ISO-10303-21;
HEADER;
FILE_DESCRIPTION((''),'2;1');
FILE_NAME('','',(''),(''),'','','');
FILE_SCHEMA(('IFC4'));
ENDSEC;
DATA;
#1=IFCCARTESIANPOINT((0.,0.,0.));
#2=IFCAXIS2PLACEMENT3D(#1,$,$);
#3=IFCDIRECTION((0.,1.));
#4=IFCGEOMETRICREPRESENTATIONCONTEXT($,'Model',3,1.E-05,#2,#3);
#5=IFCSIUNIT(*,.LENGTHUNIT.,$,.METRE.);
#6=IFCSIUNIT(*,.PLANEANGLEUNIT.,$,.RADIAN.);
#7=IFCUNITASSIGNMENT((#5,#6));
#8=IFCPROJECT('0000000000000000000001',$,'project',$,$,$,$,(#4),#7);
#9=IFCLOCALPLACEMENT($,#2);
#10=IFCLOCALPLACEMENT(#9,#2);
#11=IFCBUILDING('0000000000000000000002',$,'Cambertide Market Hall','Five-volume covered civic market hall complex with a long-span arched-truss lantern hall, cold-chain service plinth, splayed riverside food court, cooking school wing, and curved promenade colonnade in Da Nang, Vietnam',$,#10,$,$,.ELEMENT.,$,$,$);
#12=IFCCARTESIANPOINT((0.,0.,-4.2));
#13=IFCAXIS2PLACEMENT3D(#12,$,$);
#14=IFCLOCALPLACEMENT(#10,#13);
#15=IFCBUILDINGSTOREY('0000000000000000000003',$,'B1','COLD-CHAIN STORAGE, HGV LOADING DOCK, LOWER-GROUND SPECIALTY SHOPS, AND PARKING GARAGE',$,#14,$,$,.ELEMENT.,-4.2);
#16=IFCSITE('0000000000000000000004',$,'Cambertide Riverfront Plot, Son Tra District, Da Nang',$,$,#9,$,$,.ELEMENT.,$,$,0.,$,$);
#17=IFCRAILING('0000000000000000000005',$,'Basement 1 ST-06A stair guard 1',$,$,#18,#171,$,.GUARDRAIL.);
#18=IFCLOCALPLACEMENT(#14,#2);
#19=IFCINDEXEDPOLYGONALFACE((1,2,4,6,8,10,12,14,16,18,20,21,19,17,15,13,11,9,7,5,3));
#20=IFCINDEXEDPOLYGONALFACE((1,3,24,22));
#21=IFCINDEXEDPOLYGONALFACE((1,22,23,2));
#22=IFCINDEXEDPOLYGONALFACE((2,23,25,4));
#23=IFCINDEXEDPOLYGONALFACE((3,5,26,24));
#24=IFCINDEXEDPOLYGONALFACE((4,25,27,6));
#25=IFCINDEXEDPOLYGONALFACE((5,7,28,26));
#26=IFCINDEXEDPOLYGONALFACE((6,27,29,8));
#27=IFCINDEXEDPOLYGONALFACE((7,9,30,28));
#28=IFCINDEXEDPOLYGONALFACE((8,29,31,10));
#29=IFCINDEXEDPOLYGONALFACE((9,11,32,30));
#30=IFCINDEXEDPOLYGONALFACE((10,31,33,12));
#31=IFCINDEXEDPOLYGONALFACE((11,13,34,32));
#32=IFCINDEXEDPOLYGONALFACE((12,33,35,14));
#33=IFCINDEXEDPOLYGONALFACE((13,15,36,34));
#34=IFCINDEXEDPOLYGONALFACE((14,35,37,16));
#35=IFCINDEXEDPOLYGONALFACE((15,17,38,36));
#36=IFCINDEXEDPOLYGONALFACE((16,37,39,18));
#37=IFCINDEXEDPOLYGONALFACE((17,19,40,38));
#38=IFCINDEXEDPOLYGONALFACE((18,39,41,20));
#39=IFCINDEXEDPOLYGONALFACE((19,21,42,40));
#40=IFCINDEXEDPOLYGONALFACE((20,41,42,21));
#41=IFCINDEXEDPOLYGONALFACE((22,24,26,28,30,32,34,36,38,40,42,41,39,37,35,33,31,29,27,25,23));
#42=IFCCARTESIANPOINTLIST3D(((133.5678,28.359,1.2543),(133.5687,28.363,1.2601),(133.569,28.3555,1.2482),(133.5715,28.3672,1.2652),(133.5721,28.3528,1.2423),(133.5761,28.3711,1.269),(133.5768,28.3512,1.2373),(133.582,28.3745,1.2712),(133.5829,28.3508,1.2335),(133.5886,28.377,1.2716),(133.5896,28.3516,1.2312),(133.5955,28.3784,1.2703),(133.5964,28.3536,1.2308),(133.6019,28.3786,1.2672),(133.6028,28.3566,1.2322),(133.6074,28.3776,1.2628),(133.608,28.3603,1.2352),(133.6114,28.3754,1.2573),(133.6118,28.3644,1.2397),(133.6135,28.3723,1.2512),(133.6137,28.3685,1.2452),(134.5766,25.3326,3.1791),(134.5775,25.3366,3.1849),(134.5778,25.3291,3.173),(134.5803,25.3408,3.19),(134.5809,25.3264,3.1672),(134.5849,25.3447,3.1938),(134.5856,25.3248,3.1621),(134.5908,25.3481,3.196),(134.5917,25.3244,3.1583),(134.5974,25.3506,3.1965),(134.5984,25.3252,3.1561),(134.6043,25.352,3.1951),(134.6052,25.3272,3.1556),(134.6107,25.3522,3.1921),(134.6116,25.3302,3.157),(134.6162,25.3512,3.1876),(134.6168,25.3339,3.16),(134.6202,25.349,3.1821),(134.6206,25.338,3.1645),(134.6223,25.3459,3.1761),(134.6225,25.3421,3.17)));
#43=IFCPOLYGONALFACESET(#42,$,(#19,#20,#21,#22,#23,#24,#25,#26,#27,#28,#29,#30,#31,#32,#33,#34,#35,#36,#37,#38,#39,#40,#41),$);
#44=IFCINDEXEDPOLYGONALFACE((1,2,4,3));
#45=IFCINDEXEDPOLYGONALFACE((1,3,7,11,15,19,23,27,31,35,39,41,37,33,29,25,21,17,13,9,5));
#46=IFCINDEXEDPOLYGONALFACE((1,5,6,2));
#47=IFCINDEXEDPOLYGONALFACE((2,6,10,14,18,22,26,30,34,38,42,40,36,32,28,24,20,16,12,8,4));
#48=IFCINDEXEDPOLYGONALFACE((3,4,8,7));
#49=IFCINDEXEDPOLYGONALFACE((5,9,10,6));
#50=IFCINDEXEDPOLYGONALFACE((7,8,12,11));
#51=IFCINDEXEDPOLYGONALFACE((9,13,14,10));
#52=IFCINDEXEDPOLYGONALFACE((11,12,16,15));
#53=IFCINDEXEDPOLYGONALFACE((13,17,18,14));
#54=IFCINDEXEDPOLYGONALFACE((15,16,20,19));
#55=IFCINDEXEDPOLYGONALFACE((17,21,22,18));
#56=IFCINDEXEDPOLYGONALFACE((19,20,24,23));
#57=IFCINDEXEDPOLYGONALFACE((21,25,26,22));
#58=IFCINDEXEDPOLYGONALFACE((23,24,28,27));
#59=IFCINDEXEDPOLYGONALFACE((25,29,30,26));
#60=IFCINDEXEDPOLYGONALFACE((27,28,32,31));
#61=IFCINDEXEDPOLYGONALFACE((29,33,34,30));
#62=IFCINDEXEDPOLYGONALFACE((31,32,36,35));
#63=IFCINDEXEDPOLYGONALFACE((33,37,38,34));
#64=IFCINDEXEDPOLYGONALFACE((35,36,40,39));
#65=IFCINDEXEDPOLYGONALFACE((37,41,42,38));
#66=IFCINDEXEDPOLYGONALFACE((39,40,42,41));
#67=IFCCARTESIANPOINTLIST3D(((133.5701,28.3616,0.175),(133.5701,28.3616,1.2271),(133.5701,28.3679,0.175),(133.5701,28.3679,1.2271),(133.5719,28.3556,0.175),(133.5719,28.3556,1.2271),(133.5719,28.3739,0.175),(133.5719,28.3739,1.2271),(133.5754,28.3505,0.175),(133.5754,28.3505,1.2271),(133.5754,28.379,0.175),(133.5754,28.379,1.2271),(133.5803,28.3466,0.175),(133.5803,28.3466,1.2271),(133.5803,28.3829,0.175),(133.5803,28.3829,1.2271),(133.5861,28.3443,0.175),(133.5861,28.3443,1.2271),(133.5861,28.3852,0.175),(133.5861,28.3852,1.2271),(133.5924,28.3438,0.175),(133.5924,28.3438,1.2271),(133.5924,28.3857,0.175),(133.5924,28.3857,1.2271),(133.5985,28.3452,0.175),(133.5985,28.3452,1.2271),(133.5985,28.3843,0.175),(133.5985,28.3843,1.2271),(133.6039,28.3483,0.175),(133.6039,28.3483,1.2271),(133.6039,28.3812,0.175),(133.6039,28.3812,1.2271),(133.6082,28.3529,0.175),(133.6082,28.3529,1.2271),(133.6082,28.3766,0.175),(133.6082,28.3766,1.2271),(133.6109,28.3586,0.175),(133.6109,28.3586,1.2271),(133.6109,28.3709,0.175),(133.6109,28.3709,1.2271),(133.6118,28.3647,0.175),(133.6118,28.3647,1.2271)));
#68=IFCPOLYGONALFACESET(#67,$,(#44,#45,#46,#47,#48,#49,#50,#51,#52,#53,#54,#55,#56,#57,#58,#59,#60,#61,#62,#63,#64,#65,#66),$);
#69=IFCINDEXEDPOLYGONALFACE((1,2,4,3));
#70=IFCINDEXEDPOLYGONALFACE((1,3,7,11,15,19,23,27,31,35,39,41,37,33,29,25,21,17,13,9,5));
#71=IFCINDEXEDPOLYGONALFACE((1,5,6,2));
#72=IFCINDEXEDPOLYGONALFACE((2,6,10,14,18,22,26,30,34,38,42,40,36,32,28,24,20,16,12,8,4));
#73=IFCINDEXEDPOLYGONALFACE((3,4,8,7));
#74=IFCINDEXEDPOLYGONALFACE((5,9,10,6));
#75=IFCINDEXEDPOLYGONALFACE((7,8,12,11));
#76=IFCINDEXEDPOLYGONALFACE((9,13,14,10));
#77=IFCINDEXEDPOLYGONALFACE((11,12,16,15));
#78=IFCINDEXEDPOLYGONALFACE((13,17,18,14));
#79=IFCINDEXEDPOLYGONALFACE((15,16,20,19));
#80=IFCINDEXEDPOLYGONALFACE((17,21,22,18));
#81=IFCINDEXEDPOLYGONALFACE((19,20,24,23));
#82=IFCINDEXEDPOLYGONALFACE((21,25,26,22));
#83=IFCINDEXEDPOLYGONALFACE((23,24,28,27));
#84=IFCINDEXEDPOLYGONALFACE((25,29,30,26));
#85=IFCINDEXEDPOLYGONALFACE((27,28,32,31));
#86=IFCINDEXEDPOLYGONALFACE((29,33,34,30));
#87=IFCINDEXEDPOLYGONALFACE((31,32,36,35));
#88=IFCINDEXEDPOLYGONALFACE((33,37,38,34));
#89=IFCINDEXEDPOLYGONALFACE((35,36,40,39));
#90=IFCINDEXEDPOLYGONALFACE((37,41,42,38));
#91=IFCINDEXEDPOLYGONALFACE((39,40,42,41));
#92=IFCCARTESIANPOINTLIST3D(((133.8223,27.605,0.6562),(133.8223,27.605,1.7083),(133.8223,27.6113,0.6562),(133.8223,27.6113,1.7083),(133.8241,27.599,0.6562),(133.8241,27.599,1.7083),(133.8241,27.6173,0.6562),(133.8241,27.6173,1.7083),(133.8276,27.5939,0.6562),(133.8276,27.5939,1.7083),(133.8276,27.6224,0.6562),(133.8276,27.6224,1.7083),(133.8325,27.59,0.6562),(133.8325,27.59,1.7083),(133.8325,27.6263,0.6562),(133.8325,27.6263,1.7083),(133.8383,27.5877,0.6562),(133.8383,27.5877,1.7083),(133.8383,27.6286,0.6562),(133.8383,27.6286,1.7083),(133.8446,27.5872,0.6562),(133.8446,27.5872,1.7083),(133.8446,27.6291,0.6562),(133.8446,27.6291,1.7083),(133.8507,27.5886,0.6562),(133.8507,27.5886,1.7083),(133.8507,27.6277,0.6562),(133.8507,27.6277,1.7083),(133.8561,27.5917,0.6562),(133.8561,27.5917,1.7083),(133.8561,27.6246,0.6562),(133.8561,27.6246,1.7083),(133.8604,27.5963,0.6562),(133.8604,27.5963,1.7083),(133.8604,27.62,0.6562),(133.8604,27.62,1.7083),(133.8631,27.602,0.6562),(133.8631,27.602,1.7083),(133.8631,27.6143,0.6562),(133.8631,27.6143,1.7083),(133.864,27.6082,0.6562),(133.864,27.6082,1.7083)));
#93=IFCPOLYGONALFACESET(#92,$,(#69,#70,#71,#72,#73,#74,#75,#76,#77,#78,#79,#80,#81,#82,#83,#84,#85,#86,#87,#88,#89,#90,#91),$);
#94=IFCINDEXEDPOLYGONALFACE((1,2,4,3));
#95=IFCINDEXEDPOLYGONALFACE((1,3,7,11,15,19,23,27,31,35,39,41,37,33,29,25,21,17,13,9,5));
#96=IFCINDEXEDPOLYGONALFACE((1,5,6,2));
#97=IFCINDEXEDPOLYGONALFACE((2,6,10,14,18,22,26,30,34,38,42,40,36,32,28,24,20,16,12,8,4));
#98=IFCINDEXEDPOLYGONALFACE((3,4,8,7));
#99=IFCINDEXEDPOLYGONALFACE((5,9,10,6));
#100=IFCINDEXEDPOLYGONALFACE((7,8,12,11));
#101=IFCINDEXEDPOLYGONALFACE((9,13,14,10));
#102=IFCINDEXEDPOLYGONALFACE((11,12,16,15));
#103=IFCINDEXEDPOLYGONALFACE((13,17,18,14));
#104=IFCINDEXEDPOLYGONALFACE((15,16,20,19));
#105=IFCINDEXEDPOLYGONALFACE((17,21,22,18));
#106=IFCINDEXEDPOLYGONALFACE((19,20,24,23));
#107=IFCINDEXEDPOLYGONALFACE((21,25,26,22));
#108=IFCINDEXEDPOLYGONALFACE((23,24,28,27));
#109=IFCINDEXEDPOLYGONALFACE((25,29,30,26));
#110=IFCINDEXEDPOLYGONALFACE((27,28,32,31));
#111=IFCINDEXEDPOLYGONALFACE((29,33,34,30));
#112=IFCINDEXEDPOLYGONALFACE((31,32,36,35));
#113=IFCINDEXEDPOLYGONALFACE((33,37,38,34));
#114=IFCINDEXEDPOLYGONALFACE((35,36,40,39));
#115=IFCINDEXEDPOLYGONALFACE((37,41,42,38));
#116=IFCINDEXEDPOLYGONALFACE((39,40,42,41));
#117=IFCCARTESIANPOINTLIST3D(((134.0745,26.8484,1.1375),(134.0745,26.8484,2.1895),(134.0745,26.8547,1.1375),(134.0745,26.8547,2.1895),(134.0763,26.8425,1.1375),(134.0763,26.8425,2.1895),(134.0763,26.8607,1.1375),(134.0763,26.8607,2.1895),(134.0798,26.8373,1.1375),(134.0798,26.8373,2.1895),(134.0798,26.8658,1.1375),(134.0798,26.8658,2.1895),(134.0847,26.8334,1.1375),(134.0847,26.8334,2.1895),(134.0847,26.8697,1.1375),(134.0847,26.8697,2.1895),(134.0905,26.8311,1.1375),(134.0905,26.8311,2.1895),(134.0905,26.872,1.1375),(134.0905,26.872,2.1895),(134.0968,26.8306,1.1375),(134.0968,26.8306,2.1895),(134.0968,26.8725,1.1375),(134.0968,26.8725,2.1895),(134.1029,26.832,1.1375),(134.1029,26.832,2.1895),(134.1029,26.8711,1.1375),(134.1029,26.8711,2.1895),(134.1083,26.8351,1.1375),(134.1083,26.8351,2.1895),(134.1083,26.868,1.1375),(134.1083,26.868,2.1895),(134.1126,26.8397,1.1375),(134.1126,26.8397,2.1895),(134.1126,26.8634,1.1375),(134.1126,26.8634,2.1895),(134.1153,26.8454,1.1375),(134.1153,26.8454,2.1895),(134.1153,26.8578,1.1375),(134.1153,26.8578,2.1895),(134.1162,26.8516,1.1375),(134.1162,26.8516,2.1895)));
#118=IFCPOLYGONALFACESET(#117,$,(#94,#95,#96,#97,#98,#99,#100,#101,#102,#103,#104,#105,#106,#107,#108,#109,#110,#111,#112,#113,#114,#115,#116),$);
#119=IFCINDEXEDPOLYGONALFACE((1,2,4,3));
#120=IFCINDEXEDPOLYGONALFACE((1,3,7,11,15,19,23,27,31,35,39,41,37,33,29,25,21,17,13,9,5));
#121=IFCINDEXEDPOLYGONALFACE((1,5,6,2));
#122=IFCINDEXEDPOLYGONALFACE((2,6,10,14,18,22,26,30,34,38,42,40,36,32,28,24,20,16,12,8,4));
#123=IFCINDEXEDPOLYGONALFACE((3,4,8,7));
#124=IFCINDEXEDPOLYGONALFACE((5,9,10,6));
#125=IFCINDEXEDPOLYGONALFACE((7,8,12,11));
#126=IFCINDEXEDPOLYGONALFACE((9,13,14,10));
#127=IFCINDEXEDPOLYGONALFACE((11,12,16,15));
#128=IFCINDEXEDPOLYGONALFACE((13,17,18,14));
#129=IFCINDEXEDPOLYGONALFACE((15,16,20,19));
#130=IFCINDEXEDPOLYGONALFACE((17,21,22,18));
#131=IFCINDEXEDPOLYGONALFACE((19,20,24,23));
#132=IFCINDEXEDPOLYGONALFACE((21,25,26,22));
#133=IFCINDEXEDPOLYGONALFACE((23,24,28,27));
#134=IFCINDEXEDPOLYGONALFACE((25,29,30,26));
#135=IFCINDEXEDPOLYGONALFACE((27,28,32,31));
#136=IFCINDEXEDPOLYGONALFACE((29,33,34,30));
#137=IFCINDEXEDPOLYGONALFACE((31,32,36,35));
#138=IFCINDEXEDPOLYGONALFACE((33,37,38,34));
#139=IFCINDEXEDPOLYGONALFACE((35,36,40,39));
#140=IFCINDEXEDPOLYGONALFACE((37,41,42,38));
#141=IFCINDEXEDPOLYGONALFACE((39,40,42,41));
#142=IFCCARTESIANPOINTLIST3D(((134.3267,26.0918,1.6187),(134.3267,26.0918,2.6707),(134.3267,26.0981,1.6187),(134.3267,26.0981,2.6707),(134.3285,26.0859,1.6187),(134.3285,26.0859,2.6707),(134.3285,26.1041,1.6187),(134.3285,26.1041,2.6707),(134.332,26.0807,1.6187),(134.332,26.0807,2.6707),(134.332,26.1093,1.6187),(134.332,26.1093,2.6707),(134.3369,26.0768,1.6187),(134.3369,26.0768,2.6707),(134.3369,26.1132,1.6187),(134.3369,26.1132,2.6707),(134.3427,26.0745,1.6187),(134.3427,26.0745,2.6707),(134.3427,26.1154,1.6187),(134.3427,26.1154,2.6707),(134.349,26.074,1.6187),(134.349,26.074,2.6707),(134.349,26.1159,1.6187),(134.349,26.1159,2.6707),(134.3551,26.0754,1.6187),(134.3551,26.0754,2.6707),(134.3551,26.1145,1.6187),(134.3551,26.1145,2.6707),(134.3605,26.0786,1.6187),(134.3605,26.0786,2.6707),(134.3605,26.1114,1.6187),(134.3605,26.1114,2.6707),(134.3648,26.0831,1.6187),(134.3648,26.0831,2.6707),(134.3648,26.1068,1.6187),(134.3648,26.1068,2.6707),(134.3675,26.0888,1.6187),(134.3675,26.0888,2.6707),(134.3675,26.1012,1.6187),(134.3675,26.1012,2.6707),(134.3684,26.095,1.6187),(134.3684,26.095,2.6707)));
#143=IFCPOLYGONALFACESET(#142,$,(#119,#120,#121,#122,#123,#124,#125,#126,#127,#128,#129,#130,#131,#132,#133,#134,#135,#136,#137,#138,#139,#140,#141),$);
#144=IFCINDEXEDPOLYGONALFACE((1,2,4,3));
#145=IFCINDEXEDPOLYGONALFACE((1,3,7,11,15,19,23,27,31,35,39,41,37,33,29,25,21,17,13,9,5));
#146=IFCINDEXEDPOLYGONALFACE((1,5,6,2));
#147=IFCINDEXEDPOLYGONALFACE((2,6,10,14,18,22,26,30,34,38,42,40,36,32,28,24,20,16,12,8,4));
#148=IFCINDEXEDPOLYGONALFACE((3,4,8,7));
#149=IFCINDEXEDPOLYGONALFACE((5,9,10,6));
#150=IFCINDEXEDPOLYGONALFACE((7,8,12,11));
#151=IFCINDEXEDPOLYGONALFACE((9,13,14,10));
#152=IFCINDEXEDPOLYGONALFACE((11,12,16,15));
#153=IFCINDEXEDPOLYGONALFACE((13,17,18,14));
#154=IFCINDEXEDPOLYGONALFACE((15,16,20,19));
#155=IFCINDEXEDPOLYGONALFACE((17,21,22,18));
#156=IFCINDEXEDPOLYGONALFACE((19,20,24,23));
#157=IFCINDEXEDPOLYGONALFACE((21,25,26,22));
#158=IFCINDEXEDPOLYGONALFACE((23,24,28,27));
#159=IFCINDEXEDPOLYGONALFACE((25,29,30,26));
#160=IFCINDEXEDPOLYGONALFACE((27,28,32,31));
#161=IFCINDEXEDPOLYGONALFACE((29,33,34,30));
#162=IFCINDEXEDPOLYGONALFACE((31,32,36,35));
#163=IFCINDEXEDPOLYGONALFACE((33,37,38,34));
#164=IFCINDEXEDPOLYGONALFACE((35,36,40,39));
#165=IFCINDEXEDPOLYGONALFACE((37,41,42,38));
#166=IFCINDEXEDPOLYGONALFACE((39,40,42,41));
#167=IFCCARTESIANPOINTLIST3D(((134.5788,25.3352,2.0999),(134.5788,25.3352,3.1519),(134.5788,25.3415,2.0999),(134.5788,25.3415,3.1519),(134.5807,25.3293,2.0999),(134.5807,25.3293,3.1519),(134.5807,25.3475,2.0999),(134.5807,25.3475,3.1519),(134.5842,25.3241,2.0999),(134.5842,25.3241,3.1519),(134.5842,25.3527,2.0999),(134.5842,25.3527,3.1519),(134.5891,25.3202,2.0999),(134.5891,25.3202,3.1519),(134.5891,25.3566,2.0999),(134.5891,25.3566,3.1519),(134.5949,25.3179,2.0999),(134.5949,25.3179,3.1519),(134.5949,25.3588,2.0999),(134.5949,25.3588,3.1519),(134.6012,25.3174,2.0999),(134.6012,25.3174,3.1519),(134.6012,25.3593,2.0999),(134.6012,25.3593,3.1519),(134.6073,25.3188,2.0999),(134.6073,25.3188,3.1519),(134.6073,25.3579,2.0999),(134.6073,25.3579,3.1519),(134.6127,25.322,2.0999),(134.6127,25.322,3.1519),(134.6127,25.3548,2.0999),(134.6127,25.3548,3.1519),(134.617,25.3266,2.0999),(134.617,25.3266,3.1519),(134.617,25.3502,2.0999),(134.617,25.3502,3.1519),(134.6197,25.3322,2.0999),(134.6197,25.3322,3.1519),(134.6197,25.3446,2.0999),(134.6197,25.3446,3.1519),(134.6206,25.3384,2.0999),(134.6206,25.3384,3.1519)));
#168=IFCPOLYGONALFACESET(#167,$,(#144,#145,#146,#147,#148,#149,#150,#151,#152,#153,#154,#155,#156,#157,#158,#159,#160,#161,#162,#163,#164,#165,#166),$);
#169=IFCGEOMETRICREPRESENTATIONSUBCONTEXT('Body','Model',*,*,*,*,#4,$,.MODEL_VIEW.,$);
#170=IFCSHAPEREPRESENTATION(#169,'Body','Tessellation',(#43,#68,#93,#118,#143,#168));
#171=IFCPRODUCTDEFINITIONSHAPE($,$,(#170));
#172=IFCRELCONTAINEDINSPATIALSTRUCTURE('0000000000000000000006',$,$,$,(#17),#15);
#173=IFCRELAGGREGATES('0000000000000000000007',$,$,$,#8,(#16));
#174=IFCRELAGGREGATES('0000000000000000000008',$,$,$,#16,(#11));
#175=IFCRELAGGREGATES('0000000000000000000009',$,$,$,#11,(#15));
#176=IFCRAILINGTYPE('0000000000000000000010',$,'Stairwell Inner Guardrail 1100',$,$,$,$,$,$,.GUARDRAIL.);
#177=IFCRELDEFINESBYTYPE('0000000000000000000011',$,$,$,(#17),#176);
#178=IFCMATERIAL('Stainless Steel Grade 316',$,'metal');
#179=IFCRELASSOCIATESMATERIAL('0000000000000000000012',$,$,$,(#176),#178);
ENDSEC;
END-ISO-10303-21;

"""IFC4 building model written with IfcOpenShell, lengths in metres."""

from ifc_helpers import new_model, si_unit, direction, frame, origin, origin_2d, place, context, subcontext, project, spatial, circle, extrude, material, type_object, element, save


model = new_model("IFC4")

# Units and contexts
model_context = context("Model", 3, precision=1e-05, world=origin(), true_north=direction((0.0, 1.0)))
body_context = subcontext(model_context, "Body", "Model", "MODEL_VIEW")
ifc_project = project(units=[si_unit("LENGTHUNIT", "METRE"), si_unit("PLANEANGLEUNIT", "RADIAN")], contexts=[model_context])

# Site, building, storey
site_placement = place(None, origin())
site = spatial("IfcSite", under=ifc_project, at=site_placement, Name="Cambertide Riverfront Plot, Son Tra District, Da Nang", CompositionType="ELEMENT", RefElevation=0.0)
building_placement = place(site_placement, origin())
building = spatial("IfcBuilding", under=site, at=building_placement, Name="Cambertide Market Hall", Description="Five-volume covered civic market hall complex with a long-span arched-truss lantern hall, cold-chain service plinth, splayed riverside food court, cooking school wing, and curved promenade colonnade in Da Nang, Vietnam", CompositionType="ELEMENT")
storey_placement = place(building_placement, frame((0.0, 0.0, -4.2)))
storey = spatial("IfcBuildingStorey", under=building, at=storey_placement, Name="B1", Description="COLD-CHAIN STORAGE, HGV LOADING DOCK, LOWER-GROUND SPECIALTY SHOPS, AND PARKING GARAGE", CompositionType="ELEMENT", Elevation=-4.2)

# Railing
ifc_material_1 = material(Name="Stainless Steel Grade 316", Category="metal")
railing_type_1 = type_object("IfcRailingType", Name="Stairwell Inner Guardrail 1100", PredefinedType="GUARDRAIL", material=ifc_material_1)
railing_1_placement = place(storey_placement, frame((133.5908, 28.3647, 0.175)))
element("IfcRailing", 1, at=railing_1_placement, inside=storey, type_object=railing_type_1, Name="Basement 1 ST-06A stair guard 1", PredefinedType="GUARDRAIL", context=body_context, shape_type="SweptSolid", body=[
    extrude(circle(Radius=0.0239, at=origin_2d()), frame((0.0, 0.0, 1.0762), z_axis=(0.270759, -0.812278, 0.516618), x_axis=(0.948683, 0.316228, 0.0)), (0.0, 0.0, 1.0), 3.7258),
    extrude(circle(Radius=0.021, at=origin_2d()), origin(), (0.0, 0.0, 1.0), 1.052),
    extrude(circle(Radius=0.021, at=origin_2d()), frame((0.2522, -0.7566, 0.4812)), (0.0, 0.0, 1.0), 1.052),
    extrude(circle(Radius=0.021, at=origin_2d()), frame((0.5044, -1.5132, 0.9624)), (0.0, 0.0, 1.0), 1.052),
    extrude(circle(Radius=0.021, at=origin_2d()), frame((0.7566, -2.2698, 1.4436)), (0.0, 0.0, 1.0), 1.052),
    extrude(circle(Radius=0.021, at=origin_2d()), frame((1.0088, -3.0264, 1.9248)), (0.0, 0.0, 1.0), 1.052),
])

save(model, "model.ifc")
